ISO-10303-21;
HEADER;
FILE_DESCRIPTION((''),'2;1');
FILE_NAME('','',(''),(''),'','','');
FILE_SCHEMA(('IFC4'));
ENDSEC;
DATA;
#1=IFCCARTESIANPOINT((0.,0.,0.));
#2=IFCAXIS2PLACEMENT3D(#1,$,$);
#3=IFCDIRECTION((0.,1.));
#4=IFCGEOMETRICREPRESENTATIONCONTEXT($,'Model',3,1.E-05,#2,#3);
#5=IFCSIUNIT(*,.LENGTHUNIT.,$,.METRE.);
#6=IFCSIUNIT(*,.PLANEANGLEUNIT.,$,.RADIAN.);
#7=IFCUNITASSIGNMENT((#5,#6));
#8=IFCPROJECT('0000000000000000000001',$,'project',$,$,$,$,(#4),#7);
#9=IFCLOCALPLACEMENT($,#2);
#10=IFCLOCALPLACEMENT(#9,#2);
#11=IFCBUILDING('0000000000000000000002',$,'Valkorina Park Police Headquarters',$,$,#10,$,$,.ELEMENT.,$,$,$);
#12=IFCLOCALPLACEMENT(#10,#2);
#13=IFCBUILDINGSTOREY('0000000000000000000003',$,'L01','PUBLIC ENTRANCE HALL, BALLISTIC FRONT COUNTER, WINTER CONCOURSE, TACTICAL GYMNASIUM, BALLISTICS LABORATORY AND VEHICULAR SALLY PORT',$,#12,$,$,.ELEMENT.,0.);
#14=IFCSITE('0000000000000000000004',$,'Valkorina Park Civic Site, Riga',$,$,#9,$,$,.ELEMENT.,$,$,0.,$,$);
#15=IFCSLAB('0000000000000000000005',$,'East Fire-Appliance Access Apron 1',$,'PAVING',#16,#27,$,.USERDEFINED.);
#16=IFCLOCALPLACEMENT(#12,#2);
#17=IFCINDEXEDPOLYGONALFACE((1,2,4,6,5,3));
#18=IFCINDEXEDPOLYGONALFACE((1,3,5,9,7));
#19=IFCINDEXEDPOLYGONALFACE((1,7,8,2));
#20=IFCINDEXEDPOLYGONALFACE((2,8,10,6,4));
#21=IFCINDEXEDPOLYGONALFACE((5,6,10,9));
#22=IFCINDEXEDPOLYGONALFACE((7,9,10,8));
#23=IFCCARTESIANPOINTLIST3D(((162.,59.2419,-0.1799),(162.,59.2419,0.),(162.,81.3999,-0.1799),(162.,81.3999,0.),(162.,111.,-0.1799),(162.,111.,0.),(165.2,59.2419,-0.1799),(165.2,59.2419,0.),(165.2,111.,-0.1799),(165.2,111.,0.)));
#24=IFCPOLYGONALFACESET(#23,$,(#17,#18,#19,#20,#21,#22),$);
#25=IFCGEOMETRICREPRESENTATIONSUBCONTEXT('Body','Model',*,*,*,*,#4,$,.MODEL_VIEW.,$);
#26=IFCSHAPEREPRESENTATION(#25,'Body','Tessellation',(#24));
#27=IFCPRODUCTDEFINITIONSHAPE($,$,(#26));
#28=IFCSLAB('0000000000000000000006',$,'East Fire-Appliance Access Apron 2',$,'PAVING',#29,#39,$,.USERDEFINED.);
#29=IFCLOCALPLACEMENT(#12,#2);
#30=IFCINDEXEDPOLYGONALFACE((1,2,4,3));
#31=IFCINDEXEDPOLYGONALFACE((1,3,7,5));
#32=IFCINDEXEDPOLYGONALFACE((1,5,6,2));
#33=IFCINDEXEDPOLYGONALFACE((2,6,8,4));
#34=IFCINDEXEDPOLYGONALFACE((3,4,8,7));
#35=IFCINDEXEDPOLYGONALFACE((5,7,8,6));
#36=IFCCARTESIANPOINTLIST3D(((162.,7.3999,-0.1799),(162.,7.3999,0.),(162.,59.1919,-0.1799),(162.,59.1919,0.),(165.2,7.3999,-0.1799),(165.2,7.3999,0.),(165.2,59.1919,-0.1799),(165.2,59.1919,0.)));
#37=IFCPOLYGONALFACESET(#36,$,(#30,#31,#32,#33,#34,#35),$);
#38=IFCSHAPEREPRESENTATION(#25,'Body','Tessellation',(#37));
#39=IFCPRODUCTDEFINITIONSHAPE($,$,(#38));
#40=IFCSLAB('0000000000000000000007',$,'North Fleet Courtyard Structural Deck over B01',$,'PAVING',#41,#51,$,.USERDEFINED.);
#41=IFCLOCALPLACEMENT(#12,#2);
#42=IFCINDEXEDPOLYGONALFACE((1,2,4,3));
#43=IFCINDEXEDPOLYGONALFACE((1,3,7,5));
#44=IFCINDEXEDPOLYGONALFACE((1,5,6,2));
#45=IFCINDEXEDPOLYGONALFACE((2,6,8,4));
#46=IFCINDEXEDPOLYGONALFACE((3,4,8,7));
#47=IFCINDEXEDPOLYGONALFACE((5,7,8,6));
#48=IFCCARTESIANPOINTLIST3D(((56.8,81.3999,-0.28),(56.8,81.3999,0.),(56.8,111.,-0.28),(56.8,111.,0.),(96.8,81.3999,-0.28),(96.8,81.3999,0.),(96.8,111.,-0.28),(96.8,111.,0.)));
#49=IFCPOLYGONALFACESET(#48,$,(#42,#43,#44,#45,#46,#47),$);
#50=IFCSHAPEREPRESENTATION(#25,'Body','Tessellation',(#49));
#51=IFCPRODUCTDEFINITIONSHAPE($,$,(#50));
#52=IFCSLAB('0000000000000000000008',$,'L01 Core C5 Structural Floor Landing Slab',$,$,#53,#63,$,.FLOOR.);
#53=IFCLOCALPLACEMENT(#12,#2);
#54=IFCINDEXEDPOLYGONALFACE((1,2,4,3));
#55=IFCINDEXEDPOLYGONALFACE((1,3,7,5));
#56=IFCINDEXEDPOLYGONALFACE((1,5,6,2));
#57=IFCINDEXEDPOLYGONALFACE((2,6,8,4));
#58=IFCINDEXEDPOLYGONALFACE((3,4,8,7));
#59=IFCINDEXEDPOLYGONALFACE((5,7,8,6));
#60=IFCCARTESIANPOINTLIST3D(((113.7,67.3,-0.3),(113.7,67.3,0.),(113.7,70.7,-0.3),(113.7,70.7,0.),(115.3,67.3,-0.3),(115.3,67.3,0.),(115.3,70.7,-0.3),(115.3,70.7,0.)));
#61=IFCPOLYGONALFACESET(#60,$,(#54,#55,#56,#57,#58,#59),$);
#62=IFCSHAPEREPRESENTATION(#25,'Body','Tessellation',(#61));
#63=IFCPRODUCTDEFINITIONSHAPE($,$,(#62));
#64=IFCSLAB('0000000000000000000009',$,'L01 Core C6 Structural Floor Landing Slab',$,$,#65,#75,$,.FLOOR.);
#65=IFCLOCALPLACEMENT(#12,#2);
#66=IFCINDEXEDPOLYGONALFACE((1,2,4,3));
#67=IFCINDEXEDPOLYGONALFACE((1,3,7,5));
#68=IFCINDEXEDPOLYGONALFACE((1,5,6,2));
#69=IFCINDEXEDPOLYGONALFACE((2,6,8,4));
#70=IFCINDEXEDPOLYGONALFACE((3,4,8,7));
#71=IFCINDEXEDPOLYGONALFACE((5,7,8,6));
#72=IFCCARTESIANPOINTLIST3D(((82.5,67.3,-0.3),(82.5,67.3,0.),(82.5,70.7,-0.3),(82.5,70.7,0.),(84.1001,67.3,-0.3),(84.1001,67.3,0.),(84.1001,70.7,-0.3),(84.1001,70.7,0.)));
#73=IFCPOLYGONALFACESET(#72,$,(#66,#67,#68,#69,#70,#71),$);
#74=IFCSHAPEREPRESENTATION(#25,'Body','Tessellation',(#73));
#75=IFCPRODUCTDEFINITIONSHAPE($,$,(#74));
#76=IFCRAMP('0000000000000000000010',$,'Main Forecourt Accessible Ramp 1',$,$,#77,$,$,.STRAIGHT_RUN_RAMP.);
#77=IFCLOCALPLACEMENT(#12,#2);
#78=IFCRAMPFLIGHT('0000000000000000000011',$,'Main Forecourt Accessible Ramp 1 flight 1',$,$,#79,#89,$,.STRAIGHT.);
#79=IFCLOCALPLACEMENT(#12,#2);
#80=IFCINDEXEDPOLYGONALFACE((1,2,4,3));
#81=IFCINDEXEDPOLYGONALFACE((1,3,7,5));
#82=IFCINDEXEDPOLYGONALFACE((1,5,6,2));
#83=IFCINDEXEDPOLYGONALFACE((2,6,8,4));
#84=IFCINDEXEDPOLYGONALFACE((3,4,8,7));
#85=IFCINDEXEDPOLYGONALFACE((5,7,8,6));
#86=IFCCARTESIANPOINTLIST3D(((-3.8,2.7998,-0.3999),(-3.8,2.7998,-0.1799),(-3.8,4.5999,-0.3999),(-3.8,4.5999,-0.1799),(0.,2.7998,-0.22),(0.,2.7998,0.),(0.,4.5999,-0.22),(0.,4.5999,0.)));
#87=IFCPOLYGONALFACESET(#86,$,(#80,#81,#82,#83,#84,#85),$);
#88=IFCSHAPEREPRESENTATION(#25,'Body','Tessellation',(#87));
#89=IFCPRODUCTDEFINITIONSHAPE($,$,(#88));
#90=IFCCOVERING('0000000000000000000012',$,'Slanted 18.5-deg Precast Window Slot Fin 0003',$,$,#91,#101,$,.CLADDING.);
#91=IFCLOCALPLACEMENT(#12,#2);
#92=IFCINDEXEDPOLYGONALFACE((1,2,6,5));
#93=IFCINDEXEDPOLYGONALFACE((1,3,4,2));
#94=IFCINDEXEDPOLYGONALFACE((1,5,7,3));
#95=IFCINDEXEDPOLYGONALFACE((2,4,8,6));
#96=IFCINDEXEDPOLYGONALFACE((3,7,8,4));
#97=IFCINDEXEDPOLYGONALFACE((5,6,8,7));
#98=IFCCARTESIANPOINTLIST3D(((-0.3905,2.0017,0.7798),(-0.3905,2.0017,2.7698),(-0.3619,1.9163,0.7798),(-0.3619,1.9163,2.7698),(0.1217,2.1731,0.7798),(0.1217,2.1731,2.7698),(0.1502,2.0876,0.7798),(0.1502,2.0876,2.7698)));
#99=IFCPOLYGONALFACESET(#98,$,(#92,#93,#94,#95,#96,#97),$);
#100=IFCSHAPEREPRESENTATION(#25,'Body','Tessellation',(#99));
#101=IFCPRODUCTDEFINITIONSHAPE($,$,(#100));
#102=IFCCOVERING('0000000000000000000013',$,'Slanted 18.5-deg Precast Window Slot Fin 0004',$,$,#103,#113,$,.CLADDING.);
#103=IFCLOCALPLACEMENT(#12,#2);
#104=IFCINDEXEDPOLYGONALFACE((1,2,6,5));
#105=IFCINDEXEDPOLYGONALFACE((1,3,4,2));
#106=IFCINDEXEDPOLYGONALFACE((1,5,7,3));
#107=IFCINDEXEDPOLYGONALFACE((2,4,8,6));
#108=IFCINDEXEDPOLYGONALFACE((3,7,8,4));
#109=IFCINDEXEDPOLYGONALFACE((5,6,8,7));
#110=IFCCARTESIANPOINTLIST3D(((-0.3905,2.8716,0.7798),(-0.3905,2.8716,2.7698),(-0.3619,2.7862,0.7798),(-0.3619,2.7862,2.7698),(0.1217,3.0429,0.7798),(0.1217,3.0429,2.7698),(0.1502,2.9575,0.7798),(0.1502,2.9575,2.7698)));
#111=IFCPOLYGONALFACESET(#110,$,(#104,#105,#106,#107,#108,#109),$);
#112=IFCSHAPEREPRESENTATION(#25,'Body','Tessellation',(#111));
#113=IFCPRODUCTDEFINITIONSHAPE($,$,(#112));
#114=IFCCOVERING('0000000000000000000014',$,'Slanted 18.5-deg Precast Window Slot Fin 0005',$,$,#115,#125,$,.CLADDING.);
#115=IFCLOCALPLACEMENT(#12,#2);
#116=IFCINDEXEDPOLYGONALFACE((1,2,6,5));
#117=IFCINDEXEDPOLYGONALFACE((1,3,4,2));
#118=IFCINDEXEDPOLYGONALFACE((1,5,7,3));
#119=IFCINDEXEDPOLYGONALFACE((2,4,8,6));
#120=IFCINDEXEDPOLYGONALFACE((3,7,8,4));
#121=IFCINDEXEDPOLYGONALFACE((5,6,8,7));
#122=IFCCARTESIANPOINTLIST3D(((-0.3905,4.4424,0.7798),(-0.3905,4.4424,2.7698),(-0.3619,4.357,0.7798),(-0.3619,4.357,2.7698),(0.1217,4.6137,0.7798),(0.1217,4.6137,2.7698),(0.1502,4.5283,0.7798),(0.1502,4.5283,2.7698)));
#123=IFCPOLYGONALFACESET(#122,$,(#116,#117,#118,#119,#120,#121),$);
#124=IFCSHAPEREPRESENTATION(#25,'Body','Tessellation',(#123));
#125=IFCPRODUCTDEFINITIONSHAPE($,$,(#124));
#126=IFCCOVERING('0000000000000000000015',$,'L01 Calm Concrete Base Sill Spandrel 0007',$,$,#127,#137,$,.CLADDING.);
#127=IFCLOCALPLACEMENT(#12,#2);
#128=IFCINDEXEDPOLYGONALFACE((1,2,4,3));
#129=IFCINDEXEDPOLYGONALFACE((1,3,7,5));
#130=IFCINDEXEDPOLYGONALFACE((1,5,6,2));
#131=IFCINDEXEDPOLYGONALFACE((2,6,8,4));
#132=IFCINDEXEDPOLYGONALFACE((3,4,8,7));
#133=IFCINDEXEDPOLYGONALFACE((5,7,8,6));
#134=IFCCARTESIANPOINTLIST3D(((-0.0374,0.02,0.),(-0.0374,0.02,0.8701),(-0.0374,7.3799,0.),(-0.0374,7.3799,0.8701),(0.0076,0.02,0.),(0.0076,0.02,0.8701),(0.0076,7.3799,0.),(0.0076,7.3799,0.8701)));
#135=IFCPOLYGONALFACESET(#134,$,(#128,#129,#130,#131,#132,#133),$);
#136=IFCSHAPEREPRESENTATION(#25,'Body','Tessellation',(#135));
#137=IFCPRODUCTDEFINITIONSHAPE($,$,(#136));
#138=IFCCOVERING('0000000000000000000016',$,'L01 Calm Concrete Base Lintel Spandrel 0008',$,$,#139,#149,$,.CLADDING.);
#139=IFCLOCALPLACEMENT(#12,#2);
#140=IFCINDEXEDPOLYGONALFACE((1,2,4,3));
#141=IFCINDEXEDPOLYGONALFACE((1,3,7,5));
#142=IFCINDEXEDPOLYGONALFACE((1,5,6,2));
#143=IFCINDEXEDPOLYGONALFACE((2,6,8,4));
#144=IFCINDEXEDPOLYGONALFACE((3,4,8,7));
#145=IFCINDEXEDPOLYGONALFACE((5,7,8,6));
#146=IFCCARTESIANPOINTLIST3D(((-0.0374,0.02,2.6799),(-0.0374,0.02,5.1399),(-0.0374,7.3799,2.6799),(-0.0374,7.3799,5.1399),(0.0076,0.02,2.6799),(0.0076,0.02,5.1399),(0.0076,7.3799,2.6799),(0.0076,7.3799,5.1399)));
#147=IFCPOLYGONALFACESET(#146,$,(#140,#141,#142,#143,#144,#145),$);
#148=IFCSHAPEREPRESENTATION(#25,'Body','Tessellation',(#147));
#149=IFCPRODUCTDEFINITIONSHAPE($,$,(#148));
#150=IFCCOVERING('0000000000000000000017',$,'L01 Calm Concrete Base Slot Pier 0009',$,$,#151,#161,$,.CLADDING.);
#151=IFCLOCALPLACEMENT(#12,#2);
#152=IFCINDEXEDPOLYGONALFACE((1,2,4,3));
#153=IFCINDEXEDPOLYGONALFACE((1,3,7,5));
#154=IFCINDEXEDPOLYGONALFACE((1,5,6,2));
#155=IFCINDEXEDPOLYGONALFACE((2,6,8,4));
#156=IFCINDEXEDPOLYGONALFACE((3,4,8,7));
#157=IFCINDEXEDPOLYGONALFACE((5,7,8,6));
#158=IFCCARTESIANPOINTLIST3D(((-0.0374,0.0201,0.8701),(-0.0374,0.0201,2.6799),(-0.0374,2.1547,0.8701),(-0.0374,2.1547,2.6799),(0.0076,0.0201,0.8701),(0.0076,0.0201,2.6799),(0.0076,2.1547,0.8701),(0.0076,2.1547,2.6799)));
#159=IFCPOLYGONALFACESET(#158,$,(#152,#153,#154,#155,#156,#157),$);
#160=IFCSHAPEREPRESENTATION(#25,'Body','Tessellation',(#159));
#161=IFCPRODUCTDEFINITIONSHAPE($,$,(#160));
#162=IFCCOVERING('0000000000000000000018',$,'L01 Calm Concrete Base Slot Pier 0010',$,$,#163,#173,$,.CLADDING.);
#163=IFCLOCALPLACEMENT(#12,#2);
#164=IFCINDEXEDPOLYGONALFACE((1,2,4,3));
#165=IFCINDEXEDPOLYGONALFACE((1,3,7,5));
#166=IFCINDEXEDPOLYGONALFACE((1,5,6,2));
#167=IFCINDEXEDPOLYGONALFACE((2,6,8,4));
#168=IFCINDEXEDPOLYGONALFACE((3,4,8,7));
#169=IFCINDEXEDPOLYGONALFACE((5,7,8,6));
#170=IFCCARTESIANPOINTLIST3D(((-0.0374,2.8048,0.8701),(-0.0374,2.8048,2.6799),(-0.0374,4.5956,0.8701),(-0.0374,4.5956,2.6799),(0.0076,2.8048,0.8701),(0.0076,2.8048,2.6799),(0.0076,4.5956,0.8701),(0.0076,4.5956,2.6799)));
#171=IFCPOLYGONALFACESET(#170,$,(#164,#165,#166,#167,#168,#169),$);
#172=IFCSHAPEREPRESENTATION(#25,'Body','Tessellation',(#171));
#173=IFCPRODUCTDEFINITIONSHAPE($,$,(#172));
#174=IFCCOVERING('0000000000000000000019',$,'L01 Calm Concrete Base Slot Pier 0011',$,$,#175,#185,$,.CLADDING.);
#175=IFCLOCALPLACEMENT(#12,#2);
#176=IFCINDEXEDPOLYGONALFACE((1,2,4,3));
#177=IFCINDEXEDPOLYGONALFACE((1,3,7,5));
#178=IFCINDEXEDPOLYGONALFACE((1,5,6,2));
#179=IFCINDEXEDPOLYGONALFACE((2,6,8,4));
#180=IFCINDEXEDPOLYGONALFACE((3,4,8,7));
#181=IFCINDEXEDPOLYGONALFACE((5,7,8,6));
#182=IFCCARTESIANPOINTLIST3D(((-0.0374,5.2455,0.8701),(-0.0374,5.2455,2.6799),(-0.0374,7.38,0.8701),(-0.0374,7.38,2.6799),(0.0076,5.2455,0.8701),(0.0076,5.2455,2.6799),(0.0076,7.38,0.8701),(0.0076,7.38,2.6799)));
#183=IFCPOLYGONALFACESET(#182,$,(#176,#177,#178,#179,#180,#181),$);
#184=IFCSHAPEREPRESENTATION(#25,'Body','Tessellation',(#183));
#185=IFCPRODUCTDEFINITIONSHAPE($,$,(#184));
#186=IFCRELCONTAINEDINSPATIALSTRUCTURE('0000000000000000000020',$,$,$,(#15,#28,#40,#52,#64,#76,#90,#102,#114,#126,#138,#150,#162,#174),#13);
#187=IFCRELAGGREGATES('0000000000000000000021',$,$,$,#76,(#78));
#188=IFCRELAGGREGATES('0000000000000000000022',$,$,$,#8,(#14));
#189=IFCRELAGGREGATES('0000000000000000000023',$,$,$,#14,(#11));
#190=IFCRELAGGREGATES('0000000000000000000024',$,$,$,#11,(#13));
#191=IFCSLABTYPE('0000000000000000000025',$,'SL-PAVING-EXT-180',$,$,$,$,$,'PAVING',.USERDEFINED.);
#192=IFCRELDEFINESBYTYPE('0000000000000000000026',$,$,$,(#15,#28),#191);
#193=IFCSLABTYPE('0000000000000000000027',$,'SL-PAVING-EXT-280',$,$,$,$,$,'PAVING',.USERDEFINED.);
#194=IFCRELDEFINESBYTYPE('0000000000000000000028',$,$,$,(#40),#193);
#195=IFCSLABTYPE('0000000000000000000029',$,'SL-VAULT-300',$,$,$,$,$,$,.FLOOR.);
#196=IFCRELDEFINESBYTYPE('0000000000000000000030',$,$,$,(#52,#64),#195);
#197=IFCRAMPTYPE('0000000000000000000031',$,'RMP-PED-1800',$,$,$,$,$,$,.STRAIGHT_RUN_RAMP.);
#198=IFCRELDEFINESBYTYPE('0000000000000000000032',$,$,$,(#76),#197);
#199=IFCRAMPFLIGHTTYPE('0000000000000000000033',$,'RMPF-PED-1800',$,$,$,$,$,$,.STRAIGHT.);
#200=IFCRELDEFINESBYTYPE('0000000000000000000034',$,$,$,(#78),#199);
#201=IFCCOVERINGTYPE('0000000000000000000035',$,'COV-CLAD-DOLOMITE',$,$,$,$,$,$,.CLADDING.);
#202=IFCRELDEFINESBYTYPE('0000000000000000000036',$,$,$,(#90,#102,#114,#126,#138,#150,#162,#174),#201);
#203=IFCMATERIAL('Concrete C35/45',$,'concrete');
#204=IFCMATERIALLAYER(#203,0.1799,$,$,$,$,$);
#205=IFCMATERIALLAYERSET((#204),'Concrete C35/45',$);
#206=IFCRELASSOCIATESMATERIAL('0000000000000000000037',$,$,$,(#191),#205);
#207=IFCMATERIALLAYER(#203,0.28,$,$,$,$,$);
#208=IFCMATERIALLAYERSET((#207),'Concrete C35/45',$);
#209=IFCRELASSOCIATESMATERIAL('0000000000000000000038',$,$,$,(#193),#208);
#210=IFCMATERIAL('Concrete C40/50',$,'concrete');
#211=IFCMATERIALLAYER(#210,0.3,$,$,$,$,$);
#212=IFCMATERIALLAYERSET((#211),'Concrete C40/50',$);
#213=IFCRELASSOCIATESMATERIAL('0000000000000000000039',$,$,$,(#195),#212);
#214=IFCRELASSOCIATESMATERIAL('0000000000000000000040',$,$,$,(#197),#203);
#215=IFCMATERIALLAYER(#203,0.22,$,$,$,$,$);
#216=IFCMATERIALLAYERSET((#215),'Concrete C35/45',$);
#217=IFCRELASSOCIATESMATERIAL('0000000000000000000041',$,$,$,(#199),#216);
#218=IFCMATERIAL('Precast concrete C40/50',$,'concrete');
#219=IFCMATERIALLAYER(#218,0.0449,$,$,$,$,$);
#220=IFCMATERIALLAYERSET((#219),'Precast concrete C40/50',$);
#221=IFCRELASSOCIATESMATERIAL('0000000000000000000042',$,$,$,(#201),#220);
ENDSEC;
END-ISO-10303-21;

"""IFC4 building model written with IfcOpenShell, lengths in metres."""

from ifc_helpers import new_model, si_unit, direction, frame, frame_2d, origin, origin_2d, place, context, subcontext, project, spatial, polyline, rectangle, outline, extrude, material, layer, layer_set, type_object, element, aggregate, save


model = new_model("IFC4")

# Units and contexts
model_context = context("Model", 3, precision=1e-05, world=origin(), true_north=direction((0.0, 1.0)))
body_context = subcontext(model_context, "Body", "Model", "MODEL_VIEW")
ifc_project = project(units=[si_unit("LENGTHUNIT", "METRE"), si_unit("PLANEANGLEUNIT", "RADIAN")], contexts=[model_context])

# Site, building, storey
site_placement = place(None, origin())
site = spatial("IfcSite", under=ifc_project, at=site_placement, Name="Valkorina Park Civic Site, Riga", CompositionType="ELEMENT", RefElevation=0.0)
building_placement = place(site_placement, origin())
building = spatial("IfcBuilding", under=site, at=building_placement, Name="Valkorina Park Police Headquarters", CompositionType="ELEMENT")
storey_placement = place(building_placement, origin())
storey = spatial("IfcBuildingStorey", under=building, at=storey_placement, Name="L01", Description="PUBLIC ENTRANCE HALL, BALLISTIC FRONT COUNTER, WINTER CONCOURSE, TACTICAL GYMNASIUM, BALLISTICS LABORATORY AND VEHICULAR SALLY PORT", CompositionType="ELEMENT", Elevation=0.0)

# Shared definitions
ifc_material_1 = material(Name="Concrete C40/50", Category="concrete")

# Shared definitions
ifc_material_2 = material(Name="Concrete C35/45", Category="concrete")

# Slabs
ifc_layer_1 = layer(ifc_material_2, 0.1799)
ifc_layer_set_1 = layer_set([ifc_layer_1], Name="Concrete C35/45")
slab_type_1 = type_object("IfcSlabType", Name="SL-PAVING-EXT-180", ElementType="PAVING", PredefinedType="USERDEFINED", material=ifc_layer_set_1)
slab_1_placement = place(storey_placement, frame((0.0, 0.0, -0.1799)))
element("IfcSlab", 1, at=slab_1_placement, inside=storey, type_object=slab_type_1, Name="East Fire-Appliance Access Apron 1", ObjectType="PAVING", PredefinedType="USERDEFINED", context=body_context, shape_type="SweptSolid", body=[
    extrude(outline(polyline([(165.2, 111.0), (162.0, 111.0), (162.0, 81.3999), (162.0, 59.2419), (165.2, 59.2419), (165.2, 111.0)])), origin(), (0.0, 0.0, 1.0), 0.1799),
])
slab_2_placement = place(storey_placement, frame((0.0, 0.0, -0.1799)))
element("IfcSlab", 2, at=slab_2_placement, inside=storey, type_object=slab_type_1, Name="East Fire-Appliance Access Apron 2", ObjectType="PAVING", PredefinedType="USERDEFINED", context=body_context, shape_type="SweptSolid", body=[
    extrude(outline(polyline([(165.2, 59.1919), (162.0, 59.1919), (162.0, 7.3999), (165.2, 7.3999), (165.2, 59.1919)])), origin(), (0.0, 0.0, 1.0), 0.1799),
])
ifc_layer_2 = layer(ifc_material_2, 0.28)
ifc_layer_set_2 = layer_set([ifc_layer_2], Name="Concrete C35/45")
slab_type_2 = type_object("IfcSlabType", Name="SL-PAVING-EXT-280", ElementType="PAVING", PredefinedType="USERDEFINED", material=ifc_layer_set_2)
slab_3_placement = place(storey_placement, frame((0.0, 0.0, -0.28)))
element("IfcSlab", 3, at=slab_3_placement, inside=storey, type_object=slab_type_2, Name="North Fleet Courtyard Structural Deck over B01", ObjectType="PAVING", PredefinedType="USERDEFINED", context=body_context, shape_type="SweptSolid", body=[
    extrude(outline(polyline([(96.8, 81.3999), (96.8, 111.0), (56.8, 111.0), (56.8, 81.3999), (96.8, 81.3999)])), origin(), (0.0, 0.0, 1.0), 0.28),
])
ifc_layer_3 = layer(ifc_material_1, 0.3)
ifc_layer_set_3 = layer_set([ifc_layer_3], Name="Concrete C40/50")
slab_type_3 = type_object("IfcSlabType", Name="SL-VAULT-300", PredefinedType="FLOOR", material=ifc_layer_set_3)
slab_4_placement = place(storey_placement, frame((0.0, 0.0, -0.3)))
element("IfcSlab", 4, at=slab_4_placement, inside=storey, type_object=slab_type_3, Name="L01 Core C5 Structural Floor Landing Slab", PredefinedType="FLOOR", context=body_context, shape_type="SweptSolid", body=[
    extrude(outline(polyline([(113.7, 67.3), (115.3, 67.3), (115.3, 70.7), (113.7, 70.7), (113.7, 67.3)])), origin(), (0.0, 0.0, 1.0), 0.3),
])
slab_5_placement = place(storey_placement, frame((0.0, 0.0, -0.3)))
element("IfcSlab", 5, at=slab_5_placement, inside=storey, type_object=slab_type_3, Name="L01 Core C6 Structural Floor Landing Slab", PredefinedType="FLOOR", context=body_context, shape_type="SweptSolid", body=[
    extrude(outline(polyline([(82.5, 67.3), (84.1001, 67.3), (84.1001, 70.7), (82.5, 70.7), (82.5, 67.3)])), origin(), (0.0, 0.0, 1.0), 0.3),
])

# Ramp, ramp flight
ramp_type = type_object("IfcRampType", Name="RMP-PED-1800", PredefinedType="STRAIGHT_RUN_RAMP", material=ifc_material_2)
ramp_placement = place(storey_placement, origin())
ramp = element("IfcRamp", 6, at=ramp_placement, inside=storey, type_object=ramp_type, Name="Main Forecourt Accessible Ramp 1", PredefinedType="STRAIGHT_RUN_RAMP")
ifc_layer_4 = layer(ifc_material_2, 0.22)
ifc_layer_set_4 = layer_set([ifc_layer_4], Name="Concrete C35/45")
ramp_flight_type = type_object("IfcRampFlightType", Name="RMPF-PED-1800", PredefinedType="STRAIGHT", material=ifc_layer_set_4)
ramp_flight_placement = place(storey_placement, frame((-3.8, 3.7, -0.1799), z_axis=(0.0, 0.0, 1.0), x_axis=(1.0, 0.0, 0.0)))
ramp_flight = element("IfcRampFlight", 7, at=ramp_flight_placement, type_object=ramp_flight_type, Name="Main Forecourt Accessible Ramp 1 flight 1", PredefinedType="STRAIGHT", context=body_context, shape_type="SweptSolid", body=[
    extrude(outline(polyline([(0.0, 0.0), (3.8, 0.1799), (3.8, -0.04), (0.0, -0.22), (0.0, 0.0)])), frame((0.0, 0.8999, 0.0), z_axis=(0.0, -1.0, 0.0), x_axis=(1.0, 0.0, 0.0)), (0.0, 0.0, 1.0), 1.8),
])
aggregate(ramp, [ramp_flight])

# Coverings
ifc_material_3 = material(Name="Precast concrete C40/50", Category="concrete")
ifc_layer_5 = layer(ifc_material_3, 0.0449)
ifc_layer_set_5 = layer_set([ifc_layer_5], Name="Precast concrete C40/50")
covering_type_1 = type_object("IfcCoveringType", Name="COV-CLAD-DOLOMITE", PredefinedType="CLADDING", material=ifc_layer_set_5)
for number, where, z_axis, x_axis, name in (
    (8, (-0.1201, 2.0447, 0.7798), (0.0, 0.0, 1.0), (-0.948324, -0.317305, 0.0), "Slanted 18.5-deg Precast Window Slot Fin 0003"),
    (9, (-0.1201, 2.9146, 0.7798), (0.0, 0.0, 1.0), (-0.948324, -0.317305, 0.0), "Slanted 18.5-deg Precast Window Slot Fin 0004"),
    (10, (-0.1201, 4.4854, 0.7798), (0.0, 0.0, 1.0), (-0.948324, -0.317305, 0.0), "Slanted 18.5-deg Precast Window Slot Fin 0005"),
):
    element("IfcCovering", number, at=place(storey_placement, frame(where, z_axis=z_axis, x_axis=x_axis)), inside=storey, type_object=covering_type_1, Name=name, PredefinedType="CLADDING", context=body_context, shape_type="SweptSolid", body=[
        extrude(rectangle(XDim=0.54, YDim=0.0901, at=origin_2d()), origin(), (0.0, 0.0, 1.0), 1.99),
    ])
covering_1_placement = place(storey_placement, frame((-0.0149, 0.02, 0.0), z_axis=(0.0, 0.0, 1.0), x_axis=(0.0, 1.0, 0.0)))
element("IfcCovering", 11, at=covering_1_placement, inside=storey, type_object=covering_type_1, Name="L01 Calm Concrete Base Sill Spandrel 0007", PredefinedType="CLADDING", context=body_context, shape_type="SweptSolid", body=[
    extrude(rectangle(XDim=7.3599, YDim=0.0449, at=frame_2d((3.6799, 0.0))), origin(), (0.0, 0.0, 1.0), 0.8701),
])
covering_2_placement = place(storey_placement, frame((-0.0149, 0.02, 2.6799), z_axis=(0.0, 0.0, 1.0), x_axis=(0.0, 1.0, 0.0)))
element("IfcCovering", 12, at=covering_2_placement, inside=storey, type_object=covering_type_1, Name="L01 Calm Concrete Base Lintel Spandrel 0008", PredefinedType="CLADDING", context=body_context, shape_type="SweptSolid", body=[
    extrude(rectangle(XDim=7.3599, YDim=0.0449, at=frame_2d((3.6799, 0.0))), origin(), (0.0, 0.0, 1.0), 2.46),
])
covering_3_placement = place(storey_placement, frame((-0.0149, 0.02, 0.8701), z_axis=(0.0, 0.0, 1.0), x_axis=(0.0, 1.0, 0.0)))
element("IfcCovering", 13, at=covering_3_placement, inside=storey, type_object=covering_type_1, Name="L01 Calm Concrete Base Slot Pier 0009", PredefinedType="CLADDING", context=body_context, shape_type="SweptSolid", body=[
    extrude(rectangle(XDim=2.1345, YDim=0.0449, at=frame_2d((1.0674, 0.0))), origin(), (0.0, 0.0, 1.0), 1.8098),
])
covering_4_placement = place(storey_placement, frame((-0.0149, 2.8047, 0.8701), z_axis=(0.0, 0.0, 1.0), x_axis=(0.0, 1.0, 0.0)))
element("IfcCovering", 14, at=covering_4_placement, inside=storey, type_object=covering_type_1, Name="L01 Calm Concrete Base Slot Pier 0010", PredefinedType="CLADDING", context=body_context, shape_type="SweptSolid", body=[
    extrude(rectangle(XDim=1.7908, YDim=0.0449, at=frame_2d((0.8955, 0.0))), origin(), (0.0, 0.0, 1.0), 1.8098),
])
covering_5_placement = place(storey_placement, frame((-0.0149, 5.2454, 0.8701), z_axis=(0.0, 0.0, 1.0), x_axis=(0.0, 1.0, 0.0)))
element("IfcCovering", 15, at=covering_5_placement, inside=storey, type_object=covering_type_1, Name="L01 Calm Concrete Base Slot Pier 0011", PredefinedType="CLADDING", context=body_context, shape_type="SweptSolid", body=[
    extrude(rectangle(XDim=2.1345, YDim=0.0449, at=frame_2d((1.0674, 0.0))), origin(), (0.0, 0.0, 1.0), 1.8098),
])

save(model, "model.ifc")
